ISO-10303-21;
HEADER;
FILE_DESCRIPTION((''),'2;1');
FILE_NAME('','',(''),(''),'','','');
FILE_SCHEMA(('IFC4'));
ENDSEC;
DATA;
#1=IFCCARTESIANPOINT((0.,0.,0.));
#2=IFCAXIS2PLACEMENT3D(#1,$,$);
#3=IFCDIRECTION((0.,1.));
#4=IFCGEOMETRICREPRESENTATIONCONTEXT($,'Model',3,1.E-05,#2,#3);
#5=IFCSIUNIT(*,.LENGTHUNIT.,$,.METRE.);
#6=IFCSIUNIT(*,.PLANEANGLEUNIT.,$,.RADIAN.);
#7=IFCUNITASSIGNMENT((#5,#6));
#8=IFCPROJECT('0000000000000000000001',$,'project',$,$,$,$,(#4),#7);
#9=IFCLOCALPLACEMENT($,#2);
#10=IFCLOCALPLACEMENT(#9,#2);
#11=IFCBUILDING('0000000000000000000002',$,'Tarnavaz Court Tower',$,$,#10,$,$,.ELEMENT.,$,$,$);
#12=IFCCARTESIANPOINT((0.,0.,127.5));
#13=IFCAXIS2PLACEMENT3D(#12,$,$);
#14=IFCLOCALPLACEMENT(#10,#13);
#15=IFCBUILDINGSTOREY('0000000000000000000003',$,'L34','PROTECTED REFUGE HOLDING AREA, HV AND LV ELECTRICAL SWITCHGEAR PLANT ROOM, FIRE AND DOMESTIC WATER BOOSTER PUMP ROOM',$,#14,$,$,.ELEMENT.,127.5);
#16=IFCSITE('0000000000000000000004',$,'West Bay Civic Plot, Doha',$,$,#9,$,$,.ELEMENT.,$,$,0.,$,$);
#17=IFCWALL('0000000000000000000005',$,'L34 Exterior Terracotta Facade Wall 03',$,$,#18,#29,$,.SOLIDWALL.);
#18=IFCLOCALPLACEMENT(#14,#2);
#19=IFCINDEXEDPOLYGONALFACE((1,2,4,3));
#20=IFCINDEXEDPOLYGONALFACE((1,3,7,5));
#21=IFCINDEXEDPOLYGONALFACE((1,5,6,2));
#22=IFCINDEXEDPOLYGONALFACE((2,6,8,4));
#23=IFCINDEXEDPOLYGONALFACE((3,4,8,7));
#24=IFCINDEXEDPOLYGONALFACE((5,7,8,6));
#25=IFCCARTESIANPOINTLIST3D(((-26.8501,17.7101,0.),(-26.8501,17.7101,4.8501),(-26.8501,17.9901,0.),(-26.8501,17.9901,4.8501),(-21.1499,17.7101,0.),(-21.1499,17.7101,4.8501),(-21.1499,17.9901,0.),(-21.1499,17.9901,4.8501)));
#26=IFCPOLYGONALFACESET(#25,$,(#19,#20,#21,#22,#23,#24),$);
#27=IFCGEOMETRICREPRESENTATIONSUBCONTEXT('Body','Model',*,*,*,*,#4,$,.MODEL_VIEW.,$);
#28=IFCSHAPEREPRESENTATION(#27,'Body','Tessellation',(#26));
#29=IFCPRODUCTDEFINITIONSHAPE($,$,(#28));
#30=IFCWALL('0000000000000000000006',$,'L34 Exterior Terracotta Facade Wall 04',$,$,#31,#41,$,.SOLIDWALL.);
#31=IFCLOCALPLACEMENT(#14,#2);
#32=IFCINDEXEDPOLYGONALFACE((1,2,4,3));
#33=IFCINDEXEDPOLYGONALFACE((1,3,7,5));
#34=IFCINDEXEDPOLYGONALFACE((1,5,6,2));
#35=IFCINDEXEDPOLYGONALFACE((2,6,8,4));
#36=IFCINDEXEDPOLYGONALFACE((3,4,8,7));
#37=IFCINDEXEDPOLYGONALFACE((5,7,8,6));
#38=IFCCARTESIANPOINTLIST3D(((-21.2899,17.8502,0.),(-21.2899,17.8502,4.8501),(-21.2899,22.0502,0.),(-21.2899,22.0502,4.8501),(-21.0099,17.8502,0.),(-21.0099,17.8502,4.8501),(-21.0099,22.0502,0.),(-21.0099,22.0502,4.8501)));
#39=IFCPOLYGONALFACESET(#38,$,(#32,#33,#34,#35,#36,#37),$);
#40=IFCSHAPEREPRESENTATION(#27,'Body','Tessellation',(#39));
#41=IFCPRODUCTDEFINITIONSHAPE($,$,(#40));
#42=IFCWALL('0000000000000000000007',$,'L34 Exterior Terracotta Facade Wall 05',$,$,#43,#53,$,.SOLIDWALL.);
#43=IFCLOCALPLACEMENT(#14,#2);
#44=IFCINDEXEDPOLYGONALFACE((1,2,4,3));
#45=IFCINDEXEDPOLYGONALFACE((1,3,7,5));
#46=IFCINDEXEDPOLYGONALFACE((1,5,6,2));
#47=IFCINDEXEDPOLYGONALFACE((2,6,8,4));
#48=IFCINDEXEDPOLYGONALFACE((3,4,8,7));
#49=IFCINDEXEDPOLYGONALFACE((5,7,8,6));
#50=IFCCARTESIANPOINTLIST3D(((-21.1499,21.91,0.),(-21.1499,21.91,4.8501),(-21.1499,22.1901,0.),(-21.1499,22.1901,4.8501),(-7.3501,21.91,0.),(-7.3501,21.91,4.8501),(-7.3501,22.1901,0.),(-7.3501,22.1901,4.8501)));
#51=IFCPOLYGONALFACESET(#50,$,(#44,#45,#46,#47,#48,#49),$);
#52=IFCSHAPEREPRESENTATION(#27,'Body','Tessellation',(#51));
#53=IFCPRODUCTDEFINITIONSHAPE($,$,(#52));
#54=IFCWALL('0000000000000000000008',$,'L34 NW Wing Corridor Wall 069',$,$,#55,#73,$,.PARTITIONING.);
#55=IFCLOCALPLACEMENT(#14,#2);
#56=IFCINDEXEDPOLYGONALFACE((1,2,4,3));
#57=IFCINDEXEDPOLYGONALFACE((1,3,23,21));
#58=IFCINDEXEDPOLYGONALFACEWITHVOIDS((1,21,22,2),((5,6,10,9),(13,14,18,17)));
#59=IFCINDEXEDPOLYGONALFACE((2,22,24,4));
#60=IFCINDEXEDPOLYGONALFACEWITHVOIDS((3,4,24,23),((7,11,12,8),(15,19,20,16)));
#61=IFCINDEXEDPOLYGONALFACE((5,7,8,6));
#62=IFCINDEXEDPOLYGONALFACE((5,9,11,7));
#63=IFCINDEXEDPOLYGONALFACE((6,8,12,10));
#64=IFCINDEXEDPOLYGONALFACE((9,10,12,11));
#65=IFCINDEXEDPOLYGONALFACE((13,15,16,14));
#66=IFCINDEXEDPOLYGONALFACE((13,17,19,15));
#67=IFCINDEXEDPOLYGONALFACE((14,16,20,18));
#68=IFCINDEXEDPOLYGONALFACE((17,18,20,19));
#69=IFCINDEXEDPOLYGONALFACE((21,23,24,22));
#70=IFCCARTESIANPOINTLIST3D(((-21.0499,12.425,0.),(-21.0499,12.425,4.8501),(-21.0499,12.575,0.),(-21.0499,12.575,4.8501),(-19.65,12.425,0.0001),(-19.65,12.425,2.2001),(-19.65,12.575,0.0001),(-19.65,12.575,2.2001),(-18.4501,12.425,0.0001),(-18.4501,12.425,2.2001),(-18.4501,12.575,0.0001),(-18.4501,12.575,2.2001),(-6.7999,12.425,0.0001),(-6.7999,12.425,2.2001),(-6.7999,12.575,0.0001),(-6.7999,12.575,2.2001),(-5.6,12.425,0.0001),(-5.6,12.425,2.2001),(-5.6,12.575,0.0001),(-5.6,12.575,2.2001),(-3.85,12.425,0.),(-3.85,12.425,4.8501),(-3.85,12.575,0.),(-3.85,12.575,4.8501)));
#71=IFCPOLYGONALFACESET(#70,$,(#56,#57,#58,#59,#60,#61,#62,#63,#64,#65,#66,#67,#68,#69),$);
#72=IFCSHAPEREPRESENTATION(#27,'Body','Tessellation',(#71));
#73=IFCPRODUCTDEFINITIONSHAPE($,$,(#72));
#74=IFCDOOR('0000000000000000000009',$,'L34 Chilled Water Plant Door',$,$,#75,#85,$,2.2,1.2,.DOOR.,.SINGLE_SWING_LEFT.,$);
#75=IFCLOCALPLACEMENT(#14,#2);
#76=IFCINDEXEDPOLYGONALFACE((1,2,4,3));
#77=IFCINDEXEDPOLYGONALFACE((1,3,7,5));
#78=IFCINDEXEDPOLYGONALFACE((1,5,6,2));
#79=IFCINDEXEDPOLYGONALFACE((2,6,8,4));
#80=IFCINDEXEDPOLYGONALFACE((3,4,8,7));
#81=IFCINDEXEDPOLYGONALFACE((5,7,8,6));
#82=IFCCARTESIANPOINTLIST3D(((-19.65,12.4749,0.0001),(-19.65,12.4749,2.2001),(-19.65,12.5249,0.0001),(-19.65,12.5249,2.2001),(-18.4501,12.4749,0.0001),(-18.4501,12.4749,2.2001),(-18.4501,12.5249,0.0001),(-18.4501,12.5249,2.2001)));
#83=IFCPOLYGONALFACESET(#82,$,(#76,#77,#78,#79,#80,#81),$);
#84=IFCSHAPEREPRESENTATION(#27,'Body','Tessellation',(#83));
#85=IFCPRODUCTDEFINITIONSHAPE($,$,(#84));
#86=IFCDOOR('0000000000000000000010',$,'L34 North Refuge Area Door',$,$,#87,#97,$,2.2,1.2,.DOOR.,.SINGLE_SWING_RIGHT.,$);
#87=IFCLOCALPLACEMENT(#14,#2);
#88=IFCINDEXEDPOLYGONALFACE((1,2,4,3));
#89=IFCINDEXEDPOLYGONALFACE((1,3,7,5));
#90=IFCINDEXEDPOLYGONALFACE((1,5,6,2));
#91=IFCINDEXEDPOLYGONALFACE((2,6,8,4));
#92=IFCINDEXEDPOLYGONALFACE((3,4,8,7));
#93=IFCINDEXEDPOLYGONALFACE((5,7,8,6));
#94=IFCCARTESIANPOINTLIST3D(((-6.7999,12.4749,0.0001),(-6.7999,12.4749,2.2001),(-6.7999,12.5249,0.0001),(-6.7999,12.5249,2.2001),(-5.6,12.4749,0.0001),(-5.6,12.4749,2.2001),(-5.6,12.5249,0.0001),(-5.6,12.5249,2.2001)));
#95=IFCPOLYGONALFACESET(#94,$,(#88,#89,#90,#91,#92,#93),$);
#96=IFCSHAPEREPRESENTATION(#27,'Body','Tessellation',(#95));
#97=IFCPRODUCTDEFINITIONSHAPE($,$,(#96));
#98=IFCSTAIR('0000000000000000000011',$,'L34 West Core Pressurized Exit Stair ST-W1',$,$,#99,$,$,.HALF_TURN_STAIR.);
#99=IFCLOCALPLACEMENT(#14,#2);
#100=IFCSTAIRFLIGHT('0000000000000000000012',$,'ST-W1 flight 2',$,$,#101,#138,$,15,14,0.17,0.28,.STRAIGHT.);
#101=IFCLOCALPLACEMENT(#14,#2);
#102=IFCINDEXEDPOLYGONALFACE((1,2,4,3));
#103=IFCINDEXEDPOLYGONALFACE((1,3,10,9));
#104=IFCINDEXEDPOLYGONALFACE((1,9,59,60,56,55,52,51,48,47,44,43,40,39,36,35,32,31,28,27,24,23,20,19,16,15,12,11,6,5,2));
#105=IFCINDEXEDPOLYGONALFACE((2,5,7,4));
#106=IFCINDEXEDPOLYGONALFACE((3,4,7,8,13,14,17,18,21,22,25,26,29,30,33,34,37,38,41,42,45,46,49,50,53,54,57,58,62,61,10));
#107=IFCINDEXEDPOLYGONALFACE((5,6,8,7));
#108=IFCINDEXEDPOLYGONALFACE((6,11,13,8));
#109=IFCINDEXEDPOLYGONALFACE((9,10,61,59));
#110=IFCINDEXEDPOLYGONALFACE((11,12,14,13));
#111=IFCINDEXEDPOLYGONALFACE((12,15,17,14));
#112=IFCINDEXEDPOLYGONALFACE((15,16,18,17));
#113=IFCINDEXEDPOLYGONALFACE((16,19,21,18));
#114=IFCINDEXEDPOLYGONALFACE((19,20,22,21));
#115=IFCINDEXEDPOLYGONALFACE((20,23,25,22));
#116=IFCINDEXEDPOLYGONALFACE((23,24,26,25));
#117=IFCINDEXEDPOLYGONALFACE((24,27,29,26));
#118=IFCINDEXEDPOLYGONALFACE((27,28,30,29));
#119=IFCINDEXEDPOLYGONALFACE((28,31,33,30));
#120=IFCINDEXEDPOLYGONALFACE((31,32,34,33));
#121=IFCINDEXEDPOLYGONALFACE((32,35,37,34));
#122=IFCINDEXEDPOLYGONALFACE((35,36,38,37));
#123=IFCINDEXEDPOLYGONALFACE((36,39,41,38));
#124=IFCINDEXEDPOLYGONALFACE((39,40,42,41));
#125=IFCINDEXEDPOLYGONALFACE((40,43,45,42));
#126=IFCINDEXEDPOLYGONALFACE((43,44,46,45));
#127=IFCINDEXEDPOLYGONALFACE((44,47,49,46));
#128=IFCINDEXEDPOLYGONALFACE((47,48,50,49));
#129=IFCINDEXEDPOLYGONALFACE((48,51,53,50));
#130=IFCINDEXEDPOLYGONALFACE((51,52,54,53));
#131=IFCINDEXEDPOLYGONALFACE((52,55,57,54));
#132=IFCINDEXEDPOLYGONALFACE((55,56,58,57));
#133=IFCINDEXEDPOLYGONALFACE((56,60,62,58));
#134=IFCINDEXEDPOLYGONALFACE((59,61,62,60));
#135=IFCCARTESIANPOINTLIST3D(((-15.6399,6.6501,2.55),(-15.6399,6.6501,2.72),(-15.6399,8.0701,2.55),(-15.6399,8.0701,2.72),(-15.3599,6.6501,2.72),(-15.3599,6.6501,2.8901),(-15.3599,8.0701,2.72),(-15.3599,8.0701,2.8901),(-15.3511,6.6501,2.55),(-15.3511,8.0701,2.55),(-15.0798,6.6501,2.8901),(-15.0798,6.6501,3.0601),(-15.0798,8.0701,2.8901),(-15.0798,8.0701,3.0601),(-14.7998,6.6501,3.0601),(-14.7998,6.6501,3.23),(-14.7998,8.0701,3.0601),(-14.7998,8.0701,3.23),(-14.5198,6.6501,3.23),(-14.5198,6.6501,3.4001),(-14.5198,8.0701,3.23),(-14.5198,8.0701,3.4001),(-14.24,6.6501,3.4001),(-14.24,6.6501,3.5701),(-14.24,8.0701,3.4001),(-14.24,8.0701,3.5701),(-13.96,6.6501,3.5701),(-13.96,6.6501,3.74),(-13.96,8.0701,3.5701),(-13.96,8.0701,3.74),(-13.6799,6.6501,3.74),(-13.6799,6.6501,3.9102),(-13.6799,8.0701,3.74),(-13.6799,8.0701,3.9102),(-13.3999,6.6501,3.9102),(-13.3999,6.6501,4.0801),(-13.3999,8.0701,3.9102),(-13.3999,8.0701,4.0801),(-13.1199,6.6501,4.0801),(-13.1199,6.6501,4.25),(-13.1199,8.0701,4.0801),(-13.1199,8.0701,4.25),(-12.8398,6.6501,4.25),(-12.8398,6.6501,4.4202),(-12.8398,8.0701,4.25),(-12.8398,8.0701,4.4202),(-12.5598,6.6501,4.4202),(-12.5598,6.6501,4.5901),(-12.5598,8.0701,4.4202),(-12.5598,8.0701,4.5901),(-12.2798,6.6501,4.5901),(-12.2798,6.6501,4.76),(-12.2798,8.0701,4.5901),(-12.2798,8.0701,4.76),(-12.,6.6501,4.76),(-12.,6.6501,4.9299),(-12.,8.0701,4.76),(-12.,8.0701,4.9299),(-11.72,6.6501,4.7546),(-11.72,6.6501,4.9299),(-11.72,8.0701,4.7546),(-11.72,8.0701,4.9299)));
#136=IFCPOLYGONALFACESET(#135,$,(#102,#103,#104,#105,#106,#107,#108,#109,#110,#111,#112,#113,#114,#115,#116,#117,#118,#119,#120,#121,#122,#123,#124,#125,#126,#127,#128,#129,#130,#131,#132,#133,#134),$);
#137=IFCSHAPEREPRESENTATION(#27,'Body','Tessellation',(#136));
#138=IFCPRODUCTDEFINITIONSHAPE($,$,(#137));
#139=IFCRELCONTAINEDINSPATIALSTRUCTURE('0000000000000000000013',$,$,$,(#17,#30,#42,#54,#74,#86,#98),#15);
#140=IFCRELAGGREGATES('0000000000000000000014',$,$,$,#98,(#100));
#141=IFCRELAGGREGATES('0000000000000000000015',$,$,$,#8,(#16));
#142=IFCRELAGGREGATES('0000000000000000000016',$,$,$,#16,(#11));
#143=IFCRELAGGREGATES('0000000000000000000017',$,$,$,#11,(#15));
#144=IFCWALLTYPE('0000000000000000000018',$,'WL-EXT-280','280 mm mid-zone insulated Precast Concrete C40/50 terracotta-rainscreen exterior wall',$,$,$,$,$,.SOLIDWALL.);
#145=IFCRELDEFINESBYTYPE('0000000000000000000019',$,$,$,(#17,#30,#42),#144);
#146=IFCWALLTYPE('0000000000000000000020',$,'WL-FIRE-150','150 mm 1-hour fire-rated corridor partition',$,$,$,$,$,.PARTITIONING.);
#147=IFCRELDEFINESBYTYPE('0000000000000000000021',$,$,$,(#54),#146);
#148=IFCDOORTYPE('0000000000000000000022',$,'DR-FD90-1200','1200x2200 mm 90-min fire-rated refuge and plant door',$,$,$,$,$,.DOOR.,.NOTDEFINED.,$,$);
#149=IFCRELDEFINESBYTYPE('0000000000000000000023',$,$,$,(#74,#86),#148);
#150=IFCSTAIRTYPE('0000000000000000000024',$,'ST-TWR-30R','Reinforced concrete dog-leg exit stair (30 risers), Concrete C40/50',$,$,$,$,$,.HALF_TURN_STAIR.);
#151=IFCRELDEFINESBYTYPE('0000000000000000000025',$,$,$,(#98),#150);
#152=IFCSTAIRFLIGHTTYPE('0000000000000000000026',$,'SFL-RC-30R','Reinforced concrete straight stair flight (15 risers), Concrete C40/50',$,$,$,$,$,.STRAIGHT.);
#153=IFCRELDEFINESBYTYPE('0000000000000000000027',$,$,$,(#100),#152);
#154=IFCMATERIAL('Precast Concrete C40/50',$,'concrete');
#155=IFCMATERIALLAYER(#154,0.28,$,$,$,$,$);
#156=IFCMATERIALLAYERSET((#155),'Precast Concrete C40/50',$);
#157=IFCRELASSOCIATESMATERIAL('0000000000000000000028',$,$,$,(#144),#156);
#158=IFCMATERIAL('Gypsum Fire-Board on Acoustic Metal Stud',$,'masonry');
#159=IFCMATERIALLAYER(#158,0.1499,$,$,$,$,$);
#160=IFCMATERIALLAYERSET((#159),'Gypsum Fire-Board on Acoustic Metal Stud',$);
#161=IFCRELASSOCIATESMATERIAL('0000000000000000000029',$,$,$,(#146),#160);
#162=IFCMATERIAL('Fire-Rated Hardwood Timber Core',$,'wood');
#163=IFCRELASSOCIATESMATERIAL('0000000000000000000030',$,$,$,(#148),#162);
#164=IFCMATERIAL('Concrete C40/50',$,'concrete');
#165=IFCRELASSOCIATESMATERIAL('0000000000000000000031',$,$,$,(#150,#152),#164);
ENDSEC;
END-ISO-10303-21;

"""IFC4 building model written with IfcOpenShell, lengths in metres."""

from ifc_helpers import new_model, si_unit, direction, frame, frame_2d, origin, place, context, subcontext, project, spatial, polyline, rectangle, outline, extrude, material, layer, layer_set, type_object, element, fill, aggregate, save


model = new_model("IFC4")

# Units and contexts
model_context = context("Model", 3, precision=1e-05, world=origin(), true_north=direction((0.0, 1.0)))
body_context = subcontext(model_context, "Body", "Model", "MODEL_VIEW")
ifc_project = project(units=[si_unit("LENGTHUNIT", "METRE"), si_unit("PLANEANGLEUNIT", "RADIAN")], contexts=[model_context])

# Site, building, storey
site_placement = place(None, origin())
site = spatial("IfcSite", under=ifc_project, at=site_placement, Name="West Bay Civic Plot, Doha", CompositionType="ELEMENT", RefElevation=0.0)
building_placement = place(site_placement, origin())
building = spatial("IfcBuilding", under=site, at=building_placement, Name="Tarnavaz Court Tower", CompositionType="ELEMENT")
storey_placement = place(building_placement, frame((0.0, 0.0, 127.5)))
storey = spatial("IfcBuildingStorey", under=building, at=storey_placement, Name="L34", Description="PROTECTED REFUGE HOLDING AREA, HV AND LV ELECTRICAL SWITCHGEAR PLANT ROOM, FIRE AND DOMESTIC WATER BOOSTER PUMP ROOM", CompositionType="ELEMENT", Elevation=127.5)

# Shared definitions
ifc_material_1 = material(Name="Fire-Rated Hardwood Timber Core", Category="wood")

# Walls
ifc_material_2 = material(Name="Precast Concrete C40/50", Category="concrete")
ifc_layer_1 = layer(ifc_material_2, 0.28)
ifc_layer_set_1 = layer_set([ifc_layer_1], Name="Precast Concrete C40/50")
wall_type_1 = type_object("IfcWallType", Name="WL-EXT-280", Description="280 mm mid-zone insulated Precast Concrete C40/50 terracotta-rainscreen exterior wall", PredefinedType="SOLIDWALL", material=ifc_layer_set_1)
wall_1_placement = place(storey_placement, frame((-26.8501, 17.8501, 0.0), z_axis=(0.0, 0.0, 1.0), x_axis=(1.0, 0.0, 0.0)))
element("IfcWall", 1, at=wall_1_placement, inside=storey, type_object=wall_type_1, Name="L34 Exterior Terracotta Facade Wall 03", PredefinedType="SOLIDWALL", context=body_context, shape_type="SweptSolid", body=[
    extrude(rectangle(XDim=5.7002, YDim=0.28, at=frame_2d((2.8501, 0.0))), origin(), (0.0, 0.0, 1.0), 4.8501),
])
wall_2_placement = place(storey_placement, frame((-21.1499, 17.8501, 0.0), z_axis=(0.0, 0.0, 1.0), x_axis=(0.0, 1.0, 0.0)))
element("IfcWall", 2, at=wall_2_placement, inside=storey, type_object=wall_type_1, Name="L34 Exterior Terracotta Facade Wall 04", PredefinedType="SOLIDWALL", context=body_context, shape_type="SweptSolid", body=[
    extrude(rectangle(XDim=4.2, YDim=0.28, at=frame_2d((2.1001, 0.0))), origin(), (0.0, 0.0, 1.0), 4.8501),
])
wall_3_placement = place(storey_placement, frame((-21.1499, 22.05, 0.0), z_axis=(0.0, 0.0, 1.0), x_axis=(1.0, 0.0, 0.0)))
element("IfcWall", 3, at=wall_3_placement, inside=storey, type_object=wall_type_1, Name="L34 Exterior Terracotta Facade Wall 05", PredefinedType="SOLIDWALL", context=body_context, shape_type="SweptSolid", body=[
    extrude(rectangle(XDim=13.7998, YDim=0.28, at=frame_2d((6.8999, 0.0))), origin(), (0.0, 0.0, 1.0), 4.8501),
])

# Wall, openings, doors
ifc_material_3 = material(Name="Gypsum Fire-Board on Acoustic Metal Stud", Category="masonry")
ifc_layer_2 = layer(ifc_material_3, 0.1499)
ifc_layer_set_2 = layer_set([ifc_layer_2], Name="Gypsum Fire-Board on Acoustic Metal Stud")
wall_type_2 = type_object("IfcWallType", Name="WL-FIRE-150", Description="150 mm 1-hour fire-rated corridor partition", PredefinedType="PARTITIONING", material=ifc_layer_set_2)
wall_4_placement = place(storey_placement, frame((-21.05, 12.5, 0.0), z_axis=(0.0, 0.0, 1.0), x_axis=(1.0, 0.0, 0.0)))
wall_4 = element("IfcWall", 4, at=wall_4_placement, inside=storey, type_object=wall_type_2, Name="L34 NW Wing Corridor Wall 069", PredefinedType="PARTITIONING", context=body_context, shape_type="SweptSolid", body=[
    extrude(rectangle(XDim=17.2, YDim=0.1499, at=frame_2d((8.6001, 0.0))), origin(), (0.0, 0.0, 1.0), 4.8501),
])
opening_1_placement = place(wall_4_placement, frame((1.3999, 0.0, 0.0)))
opening_1 = element("IfcOpeningElement", 5, at=opening_1_placement, cuts=wall_4, PredefinedType="OPENING", context=body_context, shape_type="SweptSolid", body=[
    extrude(rectangle(XDim=1.2, YDim=2.2, at=frame_2d((0.6001, 1.1001))), frame((0.0, 0.085, 0.0), z_axis=(0.0, -1.0, 0.0), x_axis=(1.0, 0.0, 0.0)), (0.0, 0.0, 1.0), 0.1699),
])
opening_2_placement = place(wall_4_placement, frame((14.25, 0.0, 0.0)))
opening_2 = element("IfcOpeningElement", 6, at=opening_2_placement, cuts=wall_4, PredefinedType="OPENING", context=body_context, shape_type="SweptSolid", body=[
    extrude(rectangle(XDim=1.2, YDim=2.2, at=frame_2d((0.6001, 1.1001))), frame((0.0, 0.085, 0.0), z_axis=(0.0, -1.0, 0.0), x_axis=(1.0, 0.0, 0.0)), (0.0, 0.0, 1.0), 0.1699),
])
door_type_1 = type_object("IfcDoorType", Name="DR-FD90-1200", Description="1200x2200 mm 90-min fire-rated refuge and plant door", OperationType="NOTDEFINED", PredefinedType="DOOR", material=ifc_material_1)
door_1_placement = place(opening_1_placement, origin())
door_1 = element("IfcDoor", 7, at=door_1_placement, inside=storey, type_object=door_type_1, Name="L34 Chilled Water Plant Door", OperationType="SINGLE_SWING_LEFT", OverallHeight=2.2, OverallWidth=1.2, PredefinedType="DOOR", context=body_context, shape_type="SweptSolid", body=[
    extrude(rectangle(XDim=1.2, YDim=2.2, at=frame_2d((0.6001, 1.1001))), frame((0.0, 0.0249, 0.0), z_axis=(0.0, -1.0, 0.0), x_axis=(1.0, 0.0, 0.0)), (0.0, 0.0, 1.0), 0.05),
])
fill(opening_1, door_1)
door_2_placement = place(opening_2_placement, origin())
door_2 = element("IfcDoor", 8, at=door_2_placement, inside=storey, type_object=door_type_1, Name="L34 North Refuge Area Door", OperationType="SINGLE_SWING_RIGHT", OverallHeight=2.2, OverallWidth=1.2, PredefinedType="DOOR", context=body_context, shape_type="SweptSolid", body=[
    extrude(rectangle(XDim=1.2, YDim=2.2, at=frame_2d((0.6001, 1.1001))), frame((0.0, 0.0249, 0.0), z_axis=(0.0, -1.0, 0.0), x_axis=(1.0, 0.0, 0.0)), (0.0, 0.0, 1.0), 0.05),
])
fill(opening_2, door_2)

# Stair, stair flight
ifc_material_4 = material(Name="Concrete C40/50", Category="concrete")
stair_type = type_object("IfcStairType", Name="ST-TWR-30R", Description="Reinforced concrete dog-leg exit stair (30 risers), Concrete C40/50", PredefinedType="HALF_TURN_STAIR", material=ifc_material_4)
stair_placement = place(storey_placement, origin())
stair = element("IfcStair", 9, at=stair_placement, inside=storey, type_object=stair_type, Name="L34 West Core Pressurized Exit Stair ST-W1", PredefinedType="HALF_TURN_STAIR")
stair_flight_type = type_object("IfcStairFlightType", Name="SFL-RC-30R", Description="Reinforced concrete straight stair flight (15 risers), Concrete C40/50", PredefinedType="STRAIGHT", material=ifc_material_4)
stair_flight_placement = place(storey_placement, frame((-15.6399, 7.3601, 2.55), z_axis=(0.0, 0.0, 1.0), x_axis=(1.0, 0.0, 0.0)))
stair_flight = element("IfcStairFlight", 10, at=stair_flight_placement, type_object=stair_flight_type, Name="ST-W1 flight 2", NumberOfRisers=15, NumberOfTreads=14, PredefinedType="STRAIGHT", RiserHeight=0.17, TreadLength=0.28, context=body_context, shape_type="SweptSolid", body=[
    extrude(outline(polyline([(0.0, 0.0), (0.0, 0.1699), (0.28, 0.1699), (0.28, 0.3401), (0.5601, 0.3401), (0.5601, 0.51), (0.8401, 0.51), (0.8401, 0.6799), (1.1201, 0.6799), (1.1201, 0.8501), (1.3999, 0.8501), (1.3999, 1.02), (1.6799, 1.02), (1.6799, 1.1899), (1.96, 1.1899), (1.96, 1.3601), (2.24, 1.3601), (2.24, 1.53), (2.52, 1.53), (2.52, 1.7), (2.8, 1.7), (2.8, 1.8701), (3.0801, 1.8701), (3.0801, 2.04), (3.3601, 2.04), (3.3601, 2.21), (3.6399, 2.21), (3.6399, 2.3799), (3.9199, 2.3799), (3.9199, 2.55), (3.9199, 2.2046), (0.2888, 0.0), (0.0, 0.0)])), frame((0.0, 0.71, 0.0), z_axis=(0.0, -1.0, 0.0), x_axis=(1.0, 0.0, 0.0)), (0.0, 0.0, 1.0), 1.4199),
])
aggregate(stair, [stair_flight])

save(model, "model.ifc")
